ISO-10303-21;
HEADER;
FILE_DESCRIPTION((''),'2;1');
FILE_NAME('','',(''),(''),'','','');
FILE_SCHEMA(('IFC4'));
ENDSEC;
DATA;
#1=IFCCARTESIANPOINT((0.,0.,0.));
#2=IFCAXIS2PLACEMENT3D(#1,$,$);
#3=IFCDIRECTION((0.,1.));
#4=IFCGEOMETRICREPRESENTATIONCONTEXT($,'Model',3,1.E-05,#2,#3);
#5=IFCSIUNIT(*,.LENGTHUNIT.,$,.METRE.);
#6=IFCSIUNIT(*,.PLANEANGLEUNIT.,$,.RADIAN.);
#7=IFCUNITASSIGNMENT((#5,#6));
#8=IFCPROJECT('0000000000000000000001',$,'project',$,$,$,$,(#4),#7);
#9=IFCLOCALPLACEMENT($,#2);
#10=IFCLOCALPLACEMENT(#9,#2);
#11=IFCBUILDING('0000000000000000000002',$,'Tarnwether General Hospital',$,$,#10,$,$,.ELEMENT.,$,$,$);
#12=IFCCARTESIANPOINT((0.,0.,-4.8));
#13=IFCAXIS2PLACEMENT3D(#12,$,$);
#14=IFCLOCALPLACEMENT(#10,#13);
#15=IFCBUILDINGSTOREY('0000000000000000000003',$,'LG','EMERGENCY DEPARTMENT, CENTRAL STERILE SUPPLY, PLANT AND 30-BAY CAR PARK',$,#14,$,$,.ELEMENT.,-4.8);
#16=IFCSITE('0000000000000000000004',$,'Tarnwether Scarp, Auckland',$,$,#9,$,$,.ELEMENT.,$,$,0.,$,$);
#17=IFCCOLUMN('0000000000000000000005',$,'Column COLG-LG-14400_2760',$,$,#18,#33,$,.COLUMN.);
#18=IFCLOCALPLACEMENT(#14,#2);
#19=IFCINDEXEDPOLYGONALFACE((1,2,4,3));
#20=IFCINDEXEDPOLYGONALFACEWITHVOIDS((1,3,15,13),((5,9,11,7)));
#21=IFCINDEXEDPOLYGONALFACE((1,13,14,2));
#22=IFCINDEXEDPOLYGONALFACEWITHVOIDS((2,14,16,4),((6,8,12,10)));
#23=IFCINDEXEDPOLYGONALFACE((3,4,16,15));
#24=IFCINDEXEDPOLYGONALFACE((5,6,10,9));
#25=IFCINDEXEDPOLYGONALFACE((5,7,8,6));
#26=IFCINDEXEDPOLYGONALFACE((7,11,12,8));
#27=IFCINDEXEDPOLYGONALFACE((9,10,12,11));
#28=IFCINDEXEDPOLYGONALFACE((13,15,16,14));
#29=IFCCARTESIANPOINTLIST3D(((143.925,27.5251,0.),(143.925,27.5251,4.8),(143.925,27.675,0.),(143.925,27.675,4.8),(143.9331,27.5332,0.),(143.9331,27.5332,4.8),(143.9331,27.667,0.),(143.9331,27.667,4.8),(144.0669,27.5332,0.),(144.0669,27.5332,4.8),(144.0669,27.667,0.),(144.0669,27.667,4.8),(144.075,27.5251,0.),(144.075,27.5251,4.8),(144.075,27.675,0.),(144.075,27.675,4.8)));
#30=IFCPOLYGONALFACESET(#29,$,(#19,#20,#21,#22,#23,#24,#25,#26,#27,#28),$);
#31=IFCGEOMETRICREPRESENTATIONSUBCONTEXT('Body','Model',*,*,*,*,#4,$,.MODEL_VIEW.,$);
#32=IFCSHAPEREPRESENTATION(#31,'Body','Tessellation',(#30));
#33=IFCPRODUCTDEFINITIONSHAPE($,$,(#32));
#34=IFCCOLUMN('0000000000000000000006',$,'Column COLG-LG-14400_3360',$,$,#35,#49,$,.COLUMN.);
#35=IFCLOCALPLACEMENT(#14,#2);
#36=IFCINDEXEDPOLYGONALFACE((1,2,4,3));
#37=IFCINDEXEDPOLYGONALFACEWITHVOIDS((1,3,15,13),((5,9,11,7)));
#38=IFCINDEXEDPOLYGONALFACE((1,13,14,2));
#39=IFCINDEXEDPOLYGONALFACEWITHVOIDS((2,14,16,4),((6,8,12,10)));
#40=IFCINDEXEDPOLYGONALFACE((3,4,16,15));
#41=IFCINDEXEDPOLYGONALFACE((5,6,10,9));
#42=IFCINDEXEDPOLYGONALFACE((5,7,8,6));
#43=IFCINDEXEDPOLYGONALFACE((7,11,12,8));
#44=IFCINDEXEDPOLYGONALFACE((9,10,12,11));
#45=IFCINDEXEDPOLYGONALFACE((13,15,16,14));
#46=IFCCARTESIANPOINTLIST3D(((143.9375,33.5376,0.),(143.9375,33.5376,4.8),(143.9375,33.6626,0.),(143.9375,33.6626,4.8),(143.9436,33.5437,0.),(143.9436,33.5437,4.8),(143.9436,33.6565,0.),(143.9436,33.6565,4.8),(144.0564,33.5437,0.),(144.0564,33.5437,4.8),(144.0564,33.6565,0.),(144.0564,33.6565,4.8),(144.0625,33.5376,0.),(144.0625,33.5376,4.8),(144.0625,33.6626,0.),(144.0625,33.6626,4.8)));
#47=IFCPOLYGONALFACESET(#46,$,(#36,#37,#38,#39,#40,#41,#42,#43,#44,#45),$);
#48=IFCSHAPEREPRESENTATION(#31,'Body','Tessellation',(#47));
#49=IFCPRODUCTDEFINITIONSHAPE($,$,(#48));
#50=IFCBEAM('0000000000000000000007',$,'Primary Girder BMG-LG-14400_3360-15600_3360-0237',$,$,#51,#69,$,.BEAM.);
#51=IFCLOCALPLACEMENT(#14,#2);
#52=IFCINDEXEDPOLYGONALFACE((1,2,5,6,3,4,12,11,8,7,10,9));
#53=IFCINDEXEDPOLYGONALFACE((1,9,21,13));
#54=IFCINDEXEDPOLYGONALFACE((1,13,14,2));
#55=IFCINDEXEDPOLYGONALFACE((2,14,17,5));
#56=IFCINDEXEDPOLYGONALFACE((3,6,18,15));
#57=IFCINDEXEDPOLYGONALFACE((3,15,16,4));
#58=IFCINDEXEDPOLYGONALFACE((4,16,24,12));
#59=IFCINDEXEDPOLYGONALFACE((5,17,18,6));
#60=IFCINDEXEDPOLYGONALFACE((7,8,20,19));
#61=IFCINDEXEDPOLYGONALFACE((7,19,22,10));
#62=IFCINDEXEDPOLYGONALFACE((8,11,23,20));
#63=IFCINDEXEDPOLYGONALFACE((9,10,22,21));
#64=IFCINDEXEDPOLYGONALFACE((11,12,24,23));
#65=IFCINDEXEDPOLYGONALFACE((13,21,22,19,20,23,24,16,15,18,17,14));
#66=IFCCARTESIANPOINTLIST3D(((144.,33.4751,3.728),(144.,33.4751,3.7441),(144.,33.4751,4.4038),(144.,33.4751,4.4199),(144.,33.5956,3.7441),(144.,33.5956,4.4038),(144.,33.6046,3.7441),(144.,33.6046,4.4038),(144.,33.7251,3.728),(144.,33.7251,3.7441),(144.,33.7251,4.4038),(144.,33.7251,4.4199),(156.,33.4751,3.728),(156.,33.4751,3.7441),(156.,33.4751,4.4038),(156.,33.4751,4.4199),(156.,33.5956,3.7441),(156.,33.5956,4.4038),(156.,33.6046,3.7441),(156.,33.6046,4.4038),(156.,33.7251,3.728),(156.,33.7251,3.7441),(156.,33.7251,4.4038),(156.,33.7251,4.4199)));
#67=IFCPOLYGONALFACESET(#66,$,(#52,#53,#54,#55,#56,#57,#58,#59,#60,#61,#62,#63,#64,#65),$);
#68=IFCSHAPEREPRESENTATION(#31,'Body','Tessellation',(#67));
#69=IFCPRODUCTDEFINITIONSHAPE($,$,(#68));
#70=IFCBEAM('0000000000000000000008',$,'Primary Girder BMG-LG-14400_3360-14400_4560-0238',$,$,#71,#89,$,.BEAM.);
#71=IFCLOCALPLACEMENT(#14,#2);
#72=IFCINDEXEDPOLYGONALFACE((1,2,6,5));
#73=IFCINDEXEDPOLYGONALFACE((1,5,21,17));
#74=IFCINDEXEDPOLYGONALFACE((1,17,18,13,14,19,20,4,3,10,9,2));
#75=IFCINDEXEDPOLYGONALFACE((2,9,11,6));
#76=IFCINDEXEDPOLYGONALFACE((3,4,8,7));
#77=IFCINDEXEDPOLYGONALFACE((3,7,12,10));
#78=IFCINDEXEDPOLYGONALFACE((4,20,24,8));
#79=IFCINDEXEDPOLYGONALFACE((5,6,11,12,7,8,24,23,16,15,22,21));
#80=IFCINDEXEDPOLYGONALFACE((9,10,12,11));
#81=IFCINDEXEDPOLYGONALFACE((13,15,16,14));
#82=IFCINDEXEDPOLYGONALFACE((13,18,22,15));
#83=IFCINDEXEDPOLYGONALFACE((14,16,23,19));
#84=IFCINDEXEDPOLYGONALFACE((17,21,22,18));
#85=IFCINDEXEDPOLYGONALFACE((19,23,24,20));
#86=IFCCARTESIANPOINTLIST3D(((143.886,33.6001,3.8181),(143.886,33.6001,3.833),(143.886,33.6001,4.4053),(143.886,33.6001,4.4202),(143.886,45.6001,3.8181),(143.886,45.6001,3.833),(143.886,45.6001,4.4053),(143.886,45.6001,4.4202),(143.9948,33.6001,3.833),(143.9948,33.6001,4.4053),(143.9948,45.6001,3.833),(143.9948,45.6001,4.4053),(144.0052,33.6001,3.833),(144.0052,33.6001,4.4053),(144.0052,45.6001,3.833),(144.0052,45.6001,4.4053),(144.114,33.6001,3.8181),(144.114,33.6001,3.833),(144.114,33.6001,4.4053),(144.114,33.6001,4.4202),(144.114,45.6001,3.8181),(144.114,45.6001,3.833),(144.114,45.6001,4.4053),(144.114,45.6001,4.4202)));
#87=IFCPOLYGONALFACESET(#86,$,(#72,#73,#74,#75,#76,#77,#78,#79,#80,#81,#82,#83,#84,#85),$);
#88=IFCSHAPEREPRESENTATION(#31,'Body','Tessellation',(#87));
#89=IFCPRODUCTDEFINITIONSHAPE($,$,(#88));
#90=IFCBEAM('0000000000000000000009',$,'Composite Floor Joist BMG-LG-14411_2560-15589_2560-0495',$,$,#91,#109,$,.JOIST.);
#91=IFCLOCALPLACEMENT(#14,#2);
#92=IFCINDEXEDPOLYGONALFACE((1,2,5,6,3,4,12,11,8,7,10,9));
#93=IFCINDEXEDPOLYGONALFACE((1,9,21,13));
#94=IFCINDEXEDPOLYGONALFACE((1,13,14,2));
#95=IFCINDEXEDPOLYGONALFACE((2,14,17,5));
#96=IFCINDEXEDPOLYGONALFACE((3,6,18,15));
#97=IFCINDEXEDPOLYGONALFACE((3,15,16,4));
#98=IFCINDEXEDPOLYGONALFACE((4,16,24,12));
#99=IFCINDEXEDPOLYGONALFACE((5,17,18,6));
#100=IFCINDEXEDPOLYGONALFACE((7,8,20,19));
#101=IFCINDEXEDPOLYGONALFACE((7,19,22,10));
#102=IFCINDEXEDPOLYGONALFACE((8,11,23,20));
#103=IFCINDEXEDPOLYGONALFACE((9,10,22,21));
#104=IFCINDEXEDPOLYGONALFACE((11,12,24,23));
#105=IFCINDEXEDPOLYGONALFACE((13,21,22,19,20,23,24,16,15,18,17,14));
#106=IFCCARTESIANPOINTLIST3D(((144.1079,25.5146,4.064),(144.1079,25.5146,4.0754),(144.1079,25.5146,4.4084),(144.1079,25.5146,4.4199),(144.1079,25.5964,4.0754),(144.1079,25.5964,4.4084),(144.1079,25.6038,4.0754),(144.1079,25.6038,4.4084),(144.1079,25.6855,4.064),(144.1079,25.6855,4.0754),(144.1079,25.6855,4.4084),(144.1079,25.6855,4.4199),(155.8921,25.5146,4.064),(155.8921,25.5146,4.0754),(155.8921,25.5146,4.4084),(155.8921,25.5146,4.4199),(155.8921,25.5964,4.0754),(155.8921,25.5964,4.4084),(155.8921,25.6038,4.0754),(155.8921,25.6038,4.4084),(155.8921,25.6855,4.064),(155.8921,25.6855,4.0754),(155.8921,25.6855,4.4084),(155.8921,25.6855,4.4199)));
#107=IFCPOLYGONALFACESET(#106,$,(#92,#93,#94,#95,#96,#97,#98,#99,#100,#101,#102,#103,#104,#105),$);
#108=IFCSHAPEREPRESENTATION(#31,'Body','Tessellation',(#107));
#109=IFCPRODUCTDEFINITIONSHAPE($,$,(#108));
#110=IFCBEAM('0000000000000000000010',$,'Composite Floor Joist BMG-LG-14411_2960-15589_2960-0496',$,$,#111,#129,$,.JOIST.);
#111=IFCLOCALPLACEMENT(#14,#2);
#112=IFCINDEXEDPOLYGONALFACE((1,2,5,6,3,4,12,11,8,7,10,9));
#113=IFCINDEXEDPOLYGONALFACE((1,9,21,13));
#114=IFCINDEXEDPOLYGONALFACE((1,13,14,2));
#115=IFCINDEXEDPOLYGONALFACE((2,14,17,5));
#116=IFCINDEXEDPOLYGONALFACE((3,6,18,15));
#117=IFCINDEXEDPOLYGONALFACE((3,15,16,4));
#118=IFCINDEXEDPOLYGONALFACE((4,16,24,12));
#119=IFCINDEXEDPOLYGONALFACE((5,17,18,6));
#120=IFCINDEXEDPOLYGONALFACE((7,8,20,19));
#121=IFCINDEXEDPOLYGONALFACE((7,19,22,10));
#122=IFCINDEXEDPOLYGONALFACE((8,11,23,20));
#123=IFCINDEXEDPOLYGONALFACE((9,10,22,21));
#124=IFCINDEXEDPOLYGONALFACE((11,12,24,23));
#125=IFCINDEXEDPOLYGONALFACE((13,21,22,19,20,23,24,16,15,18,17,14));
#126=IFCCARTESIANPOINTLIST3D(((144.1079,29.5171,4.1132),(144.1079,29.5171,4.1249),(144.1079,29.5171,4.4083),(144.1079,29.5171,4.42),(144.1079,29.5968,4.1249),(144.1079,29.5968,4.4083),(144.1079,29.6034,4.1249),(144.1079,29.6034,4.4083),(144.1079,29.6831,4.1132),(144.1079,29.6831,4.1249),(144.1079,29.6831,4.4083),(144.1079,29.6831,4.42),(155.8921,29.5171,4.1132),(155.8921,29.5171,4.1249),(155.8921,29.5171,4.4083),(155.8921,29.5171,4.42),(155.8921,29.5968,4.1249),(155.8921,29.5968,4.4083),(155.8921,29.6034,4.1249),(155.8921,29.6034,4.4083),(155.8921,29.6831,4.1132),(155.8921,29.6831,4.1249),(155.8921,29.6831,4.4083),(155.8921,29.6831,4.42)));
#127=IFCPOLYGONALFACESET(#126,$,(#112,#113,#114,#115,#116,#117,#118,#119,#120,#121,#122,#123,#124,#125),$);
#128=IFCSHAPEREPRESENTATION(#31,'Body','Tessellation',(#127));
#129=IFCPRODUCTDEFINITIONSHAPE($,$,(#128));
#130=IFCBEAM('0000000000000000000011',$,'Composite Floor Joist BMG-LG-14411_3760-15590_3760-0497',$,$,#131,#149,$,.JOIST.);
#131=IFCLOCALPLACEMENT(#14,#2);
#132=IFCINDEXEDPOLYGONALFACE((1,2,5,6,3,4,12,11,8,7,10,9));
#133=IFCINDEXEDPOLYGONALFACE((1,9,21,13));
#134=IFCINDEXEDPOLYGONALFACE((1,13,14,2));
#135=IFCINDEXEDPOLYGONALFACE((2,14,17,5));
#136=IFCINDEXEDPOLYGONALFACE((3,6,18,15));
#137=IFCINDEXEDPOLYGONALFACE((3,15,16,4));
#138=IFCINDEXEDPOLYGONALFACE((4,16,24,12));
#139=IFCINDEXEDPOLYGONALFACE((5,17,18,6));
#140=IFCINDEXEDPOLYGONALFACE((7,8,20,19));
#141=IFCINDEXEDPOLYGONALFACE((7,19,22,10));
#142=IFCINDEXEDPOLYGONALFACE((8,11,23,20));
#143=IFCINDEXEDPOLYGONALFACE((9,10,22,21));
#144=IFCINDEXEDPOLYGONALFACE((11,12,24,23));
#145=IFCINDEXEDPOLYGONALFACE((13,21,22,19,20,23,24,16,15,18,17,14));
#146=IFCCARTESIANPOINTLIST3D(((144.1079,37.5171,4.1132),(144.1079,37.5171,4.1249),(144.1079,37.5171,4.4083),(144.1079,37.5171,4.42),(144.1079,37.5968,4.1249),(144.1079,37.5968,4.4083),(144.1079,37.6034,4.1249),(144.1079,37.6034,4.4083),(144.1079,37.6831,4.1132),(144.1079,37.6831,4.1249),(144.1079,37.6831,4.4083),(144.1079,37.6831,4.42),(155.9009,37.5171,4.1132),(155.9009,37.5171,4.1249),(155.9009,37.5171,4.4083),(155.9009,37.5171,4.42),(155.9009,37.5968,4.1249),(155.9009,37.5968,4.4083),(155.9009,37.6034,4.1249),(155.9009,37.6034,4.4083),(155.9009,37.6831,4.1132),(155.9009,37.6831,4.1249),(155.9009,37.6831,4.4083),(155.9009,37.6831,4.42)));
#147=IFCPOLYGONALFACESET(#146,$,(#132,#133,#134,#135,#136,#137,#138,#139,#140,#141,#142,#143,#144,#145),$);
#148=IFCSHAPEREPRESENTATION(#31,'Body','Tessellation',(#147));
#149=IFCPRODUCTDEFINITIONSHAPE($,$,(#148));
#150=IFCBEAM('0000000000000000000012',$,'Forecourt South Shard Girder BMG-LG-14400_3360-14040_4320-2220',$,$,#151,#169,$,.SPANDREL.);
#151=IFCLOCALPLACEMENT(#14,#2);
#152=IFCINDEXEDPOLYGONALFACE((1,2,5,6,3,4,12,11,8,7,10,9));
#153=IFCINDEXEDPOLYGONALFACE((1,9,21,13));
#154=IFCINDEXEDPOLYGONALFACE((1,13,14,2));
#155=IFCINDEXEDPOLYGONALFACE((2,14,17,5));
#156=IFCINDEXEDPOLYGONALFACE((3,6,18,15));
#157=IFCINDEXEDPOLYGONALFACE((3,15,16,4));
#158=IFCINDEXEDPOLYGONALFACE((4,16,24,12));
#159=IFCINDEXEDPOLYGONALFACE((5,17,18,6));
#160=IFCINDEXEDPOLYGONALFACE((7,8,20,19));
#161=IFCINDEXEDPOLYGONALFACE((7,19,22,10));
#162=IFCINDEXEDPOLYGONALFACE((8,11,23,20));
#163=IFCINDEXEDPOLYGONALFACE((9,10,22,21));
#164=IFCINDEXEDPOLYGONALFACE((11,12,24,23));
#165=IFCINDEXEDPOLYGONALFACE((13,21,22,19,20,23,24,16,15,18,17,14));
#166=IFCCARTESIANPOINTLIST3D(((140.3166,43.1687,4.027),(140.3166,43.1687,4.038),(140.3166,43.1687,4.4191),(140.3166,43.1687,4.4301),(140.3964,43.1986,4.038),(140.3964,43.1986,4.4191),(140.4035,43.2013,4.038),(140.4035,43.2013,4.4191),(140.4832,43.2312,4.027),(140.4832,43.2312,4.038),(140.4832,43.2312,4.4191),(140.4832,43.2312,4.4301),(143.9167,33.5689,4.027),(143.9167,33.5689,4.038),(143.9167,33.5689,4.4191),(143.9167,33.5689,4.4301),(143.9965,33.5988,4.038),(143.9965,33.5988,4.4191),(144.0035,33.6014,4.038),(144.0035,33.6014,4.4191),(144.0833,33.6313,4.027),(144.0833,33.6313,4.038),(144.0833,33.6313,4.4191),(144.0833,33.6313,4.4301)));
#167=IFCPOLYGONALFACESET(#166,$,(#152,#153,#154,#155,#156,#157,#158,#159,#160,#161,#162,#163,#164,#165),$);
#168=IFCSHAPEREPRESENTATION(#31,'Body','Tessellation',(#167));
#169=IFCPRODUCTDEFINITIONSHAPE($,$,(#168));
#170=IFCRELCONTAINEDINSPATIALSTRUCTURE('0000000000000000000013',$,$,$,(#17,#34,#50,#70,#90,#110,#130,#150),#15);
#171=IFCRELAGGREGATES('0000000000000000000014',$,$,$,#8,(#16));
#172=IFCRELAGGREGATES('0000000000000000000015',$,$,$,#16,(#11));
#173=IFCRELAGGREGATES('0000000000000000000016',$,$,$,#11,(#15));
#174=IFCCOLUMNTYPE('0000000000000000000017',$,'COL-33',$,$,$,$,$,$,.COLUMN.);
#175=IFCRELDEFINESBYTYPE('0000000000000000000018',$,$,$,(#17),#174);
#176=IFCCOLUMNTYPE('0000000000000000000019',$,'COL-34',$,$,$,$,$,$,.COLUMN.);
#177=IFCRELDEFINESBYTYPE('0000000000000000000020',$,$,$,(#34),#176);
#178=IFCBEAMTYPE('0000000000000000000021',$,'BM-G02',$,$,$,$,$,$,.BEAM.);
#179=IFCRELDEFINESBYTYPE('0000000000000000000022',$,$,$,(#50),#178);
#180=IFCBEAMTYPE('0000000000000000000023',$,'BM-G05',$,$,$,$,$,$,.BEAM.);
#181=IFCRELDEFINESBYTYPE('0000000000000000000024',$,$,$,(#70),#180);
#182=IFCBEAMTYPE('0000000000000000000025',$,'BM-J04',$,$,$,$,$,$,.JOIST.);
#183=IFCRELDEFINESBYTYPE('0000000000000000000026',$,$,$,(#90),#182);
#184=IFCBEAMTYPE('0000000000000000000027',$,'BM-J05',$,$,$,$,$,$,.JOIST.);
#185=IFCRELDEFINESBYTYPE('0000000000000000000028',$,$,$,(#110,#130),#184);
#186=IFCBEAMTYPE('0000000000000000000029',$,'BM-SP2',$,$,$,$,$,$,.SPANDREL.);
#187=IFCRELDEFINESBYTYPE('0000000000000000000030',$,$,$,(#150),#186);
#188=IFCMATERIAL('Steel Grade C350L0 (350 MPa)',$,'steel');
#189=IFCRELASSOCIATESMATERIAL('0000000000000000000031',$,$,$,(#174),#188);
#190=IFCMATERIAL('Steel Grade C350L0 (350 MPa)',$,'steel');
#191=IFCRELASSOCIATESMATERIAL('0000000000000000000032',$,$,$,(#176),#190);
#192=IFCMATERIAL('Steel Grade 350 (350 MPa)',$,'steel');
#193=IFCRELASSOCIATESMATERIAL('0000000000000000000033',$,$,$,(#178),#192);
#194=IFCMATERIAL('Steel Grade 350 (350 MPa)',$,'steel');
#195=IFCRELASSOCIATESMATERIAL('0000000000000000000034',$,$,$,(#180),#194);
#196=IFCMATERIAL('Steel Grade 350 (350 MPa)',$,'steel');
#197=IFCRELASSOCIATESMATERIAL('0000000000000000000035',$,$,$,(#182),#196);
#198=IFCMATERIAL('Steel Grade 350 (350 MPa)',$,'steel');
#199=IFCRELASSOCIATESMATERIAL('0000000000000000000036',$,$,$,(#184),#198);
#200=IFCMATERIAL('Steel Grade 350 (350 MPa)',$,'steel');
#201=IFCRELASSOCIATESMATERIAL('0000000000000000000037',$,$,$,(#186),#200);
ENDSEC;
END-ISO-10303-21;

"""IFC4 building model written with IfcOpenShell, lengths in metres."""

from ifc_helpers import new_model, si_unit, direction, frame, origin, origin_2d, place, context, subcontext, project, spatial, hollow_rectangle, i_section, extrude, material, material_profile, profile_set, type_object, element, save


model = new_model("IFC4")

# Units and contexts
model_context = context("Model", 3, precision=1e-05, world=origin(), true_north=direction((0.0, 1.0)))
body_context = subcontext(model_context, "Body", "Model", "MODEL_VIEW")
ifc_project = project(units=[si_unit("LENGTHUNIT", "METRE"), si_unit("PLANEANGLEUNIT", "RADIAN")], contexts=[model_context])

# Site, building, storey
site_placement = place(None, origin())
site = spatial("IfcSite", under=ifc_project, at=site_placement, Name="Tarnwether Scarp, Auckland", CompositionType="ELEMENT", RefElevation=0.0)
building_placement = place(site_placement, origin())
building = spatial("IfcBuilding", under=site, at=building_placement, Name="Tarnwether General Hospital", CompositionType="ELEMENT")
storey_placement = place(building_placement, frame((0.0, 0.0, -4.8)))
storey = spatial("IfcBuildingStorey", under=building, at=storey_placement, Name="LG", Description="EMERGENCY DEPARTMENT, CENTRAL STERILE SUPPLY, PLANT AND 30-BAY CAR PARK", CompositionType="ELEMENT", Elevation=-4.8)

# Columns
ifc_material_1 = material(Name="Steel Grade C350L0 (350 MPa)", Category="steel")
ifc_material_profile_1 = material_profile(ifc_material_1, hollow_rectangle(XDim=0.1499, YDim=0.1499, WallThickness=0.0081, at=origin_2d()), Name="SHS150x150x8")
ifc_profile_set_1 = profile_set([ifc_material_profile_1], Name="Steel Grade C350L0 (350 MPa)")
column_type_1 = type_object("IfcColumnType", Name="COL-33", PredefinedType="COLUMN", material=ifc_profile_set_1)
column_1_placement = place(storey_placement, frame((144.0, 27.6001, 0.0), z_axis=(0.0, 0.0, 1.0), x_axis=(1.0, 0.0, 0.0)))
element("IfcColumn", 1, at=column_1_placement, inside=storey, type_object=column_type_1, Name="Column COLG-LG-14400_2760", PredefinedType="COLUMN", context=body_context, shape_type="SweptSolid", body=[
    extrude(hollow_rectangle(XDim=0.1499, YDim=0.1499, WallThickness=0.0081, at=origin_2d()), origin(), (0.0, 0.0, 1.0), 4.8),
])
ifc_material_2 = material(Name="Steel Grade C350L0 (350 MPa)", Category="steel")
ifc_material_profile_2 = material_profile(ifc_material_2, hollow_rectangle(XDim=0.125, YDim=0.125, WallThickness=0.0061, at=origin_2d()), Name="SHS125x125x6")
ifc_profile_set_2 = profile_set([ifc_material_profile_2], Name="Steel Grade C350L0 (350 MPa)")
column_type_2 = type_object("IfcColumnType", Name="COL-34", PredefinedType="COLUMN", material=ifc_profile_set_2)
column_2_placement = place(storey_placement, frame((144.0, 33.6001, 0.0), z_axis=(0.0, 0.0, 1.0), x_axis=(1.0, 0.0, 0.0)))
element("IfcColumn", 2, at=column_2_placement, inside=storey, type_object=column_type_2, Name="Column COLG-LG-14400_3360", PredefinedType="COLUMN", context=body_context, shape_type="SweptSolid", body=[
    extrude(hollow_rectangle(XDim=0.125, YDim=0.125, WallThickness=0.0061, at=origin_2d()), origin(), (0.0, 0.0, 1.0), 4.8),
])

# Beams
ifc_material_3 = material(Name="Steel Grade 350 (350 MPa)", Category="steel")
ifc_material_profile_3 = material_profile(ifc_material_3, i_section(OverallWidth=0.25, OverallDepth=0.6919, WebThickness=0.009, FlangeThickness=0.0161, at=origin_2d()), Name="700WB115")
ifc_profile_set_3 = profile_set([ifc_material_profile_3], Name="Steel Grade 350 (350 MPa)")
beam_type_1 = type_object("IfcBeamType", Name="BM-G02", PredefinedType="BEAM", material=ifc_profile_set_3)
beam_1_placement = place(storey_placement, frame((144.0, 33.6001, 4.074), z_axis=(1.0, 0.0, 0.0), x_axis=(0.0, 1.0, 0.0)))
element("IfcBeam", 3, at=beam_1_placement, inside=storey, type_object=beam_type_1, Name="Primary Girder BMG-LG-14400_3360-15600_3360-0237", PredefinedType="BEAM", context=body_context, shape_type="SweptSolid", body=[
    extrude(i_section(OverallWidth=0.25, OverallDepth=0.6919, WebThickness=0.009, FlangeThickness=0.0161, at=origin_2d()), origin(), (0.0, 0.0, 1.0), 12.0),
])
ifc_material_4 = material(Name="Steel Grade 350 (350 MPa)", Category="steel")
ifc_material_profile_4 = material_profile(ifc_material_4, i_section(OverallWidth=0.228, OverallDepth=0.6021, WebThickness=0.0105, FlangeThickness=0.0149, at=origin_2d()), Name="610UB101")
ifc_profile_set_4 = profile_set([ifc_material_profile_4], Name="Steel Grade 350 (350 MPa)")
beam_type_2 = type_object("IfcBeamType", Name="BM-G05", PredefinedType="BEAM", material=ifc_profile_set_4)
beam_2_placement = place(storey_placement, frame((144.0, 33.6001, 4.1191), z_axis=(0.0, 1.0, 0.0), x_axis=(-1.0, 0.0, 0.0)))
element("IfcBeam", 4, at=beam_2_placement, inside=storey, type_object=beam_type_2, Name="Primary Girder BMG-LG-14400_3360-14400_4560-0238", PredefinedType="BEAM", context=body_context, shape_type="SweptSolid", body=[
    extrude(i_section(OverallWidth=0.228, OverallDepth=0.6021, WebThickness=0.0105, FlangeThickness=0.0149, at=origin_2d()), origin(), (0.0, 0.0, 1.0), 12.0),
])
ifc_material_5 = material(Name="Steel Grade 350 (350 MPa)", Category="steel")
ifc_material_profile_5 = material_profile(ifc_material_5, i_section(OverallWidth=0.1709, OverallDepth=0.356, WebThickness=0.0073, FlangeThickness=0.0115, at=origin_2d()), Name="360UB50.7")
ifc_profile_set_5 = profile_set([ifc_material_profile_5], Name="Steel Grade 350 (350 MPa)")
beam_type_3 = type_object("IfcBeamType", Name="BM-J04", PredefinedType="JOIST", material=ifc_profile_set_5)
beam_3_placement = place(storey_placement, frame((144.1079, 25.6001, 4.2419), z_axis=(1.0, 0.0, 0.0), x_axis=(0.0, 1.0, 0.0)))
element("IfcBeam", 5, at=beam_3_placement, inside=storey, type_object=beam_type_3, Name="Composite Floor Joist BMG-LG-14411_2560-15589_2560-0495", PredefinedType="JOIST", context=body_context, shape_type="SweptSolid", body=[
    extrude(i_section(OverallWidth=0.1709, OverallDepth=0.356, WebThickness=0.0073, FlangeThickness=0.0115, at=origin_2d()), origin(), (0.0, 0.0, 1.0), 11.7842),
])
ifc_material_6 = material(Name="Steel Grade 350 (350 MPa)", Category="steel")
ifc_material_profile_6 = material_profile(ifc_material_6, i_section(OverallWidth=0.166, OverallDepth=0.3069, WebThickness=0.0066, FlangeThickness=0.0117, at=origin_2d()), Name="310UB46.2")
ifc_profile_set_6 = profile_set([ifc_material_profile_6], Name="Steel Grade 350 (350 MPa)")
beam_type_4 = type_object("IfcBeamType", Name="BM-J05", PredefinedType="JOIST", material=ifc_profile_set_6)
beam_4_placement = place(storey_placement, frame((144.1079, 29.6001, 4.2666), z_axis=(1.0, 0.0, 0.0), x_axis=(0.0, 1.0, 0.0)))
element("IfcBeam", 6, at=beam_4_placement, inside=storey, type_object=beam_type_4, Name="Composite Floor Joist BMG-LG-14411_2960-15589_2960-0496", PredefinedType="JOIST", context=body_context, shape_type="SweptSolid", body=[
    extrude(i_section(OverallWidth=0.166, OverallDepth=0.3069, WebThickness=0.0066, FlangeThickness=0.0117, at=origin_2d()), origin(), (0.0, 0.0, 1.0), 11.7842),
])
beam_5_placement = place(storey_placement, frame((144.1079, 37.6001, 4.2666), z_axis=(1.0, 0.0, 0.0), x_axis=(0.0, 1.0, 0.0)))
element("IfcBeam", 7, at=beam_5_placement, inside=storey, type_object=beam_type_4, Name="Composite Floor Joist BMG-LG-14411_3760-15590_3760-0497", PredefinedType="JOIST", context=body_context, shape_type="SweptSolid", body=[
    extrude(i_section(OverallWidth=0.166, OverallDepth=0.3069, WebThickness=0.0066, FlangeThickness=0.0117, at=origin_2d()), origin(), (0.0, 0.0, 1.0), 11.793),
])
ifc_material_7 = material(Name="Steel Grade 350 (350 MPa)", Category="steel")
ifc_material_profile_7 = material_profile(ifc_material_7, i_section(OverallWidth=0.178, OverallDepth=0.4031, WebThickness=0.0076, FlangeThickness=0.011, at=origin_2d()), Name="410UB53.7")
ifc_profile_set_7 = profile_set([ifc_material_profile_7], Name="Steel Grade 350 (350 MPa)")
beam_type_5 = type_object("IfcBeamType", Name="BM-SP2", PredefinedType="SPANDREL", material=ifc_profile_set_7)
beam_6_placement = place(storey_placement, frame((144.0, 33.6001, 4.2285), z_axis=(-0.351136, 0.936324, 0.0), x_axis=(-0.936324, -0.351136, 0.0)))
element("IfcBeam", 8, at=beam_6_placement, inside=storey, type_object=beam_type_5, Name="Forecourt South Shard Girder BMG-LG-14400_3360-14040_4320-2220", PredefinedType="SPANDREL", context=body_context, shape_type="SweptSolid", body=[
    extrude(i_section(OverallWidth=0.178, OverallDepth=0.4031, WebThickness=0.0076, FlangeThickness=0.011, at=origin_2d()), origin(), (0.0, 0.0, 1.0), 10.2527),
])

save(model, "model.ifc")
